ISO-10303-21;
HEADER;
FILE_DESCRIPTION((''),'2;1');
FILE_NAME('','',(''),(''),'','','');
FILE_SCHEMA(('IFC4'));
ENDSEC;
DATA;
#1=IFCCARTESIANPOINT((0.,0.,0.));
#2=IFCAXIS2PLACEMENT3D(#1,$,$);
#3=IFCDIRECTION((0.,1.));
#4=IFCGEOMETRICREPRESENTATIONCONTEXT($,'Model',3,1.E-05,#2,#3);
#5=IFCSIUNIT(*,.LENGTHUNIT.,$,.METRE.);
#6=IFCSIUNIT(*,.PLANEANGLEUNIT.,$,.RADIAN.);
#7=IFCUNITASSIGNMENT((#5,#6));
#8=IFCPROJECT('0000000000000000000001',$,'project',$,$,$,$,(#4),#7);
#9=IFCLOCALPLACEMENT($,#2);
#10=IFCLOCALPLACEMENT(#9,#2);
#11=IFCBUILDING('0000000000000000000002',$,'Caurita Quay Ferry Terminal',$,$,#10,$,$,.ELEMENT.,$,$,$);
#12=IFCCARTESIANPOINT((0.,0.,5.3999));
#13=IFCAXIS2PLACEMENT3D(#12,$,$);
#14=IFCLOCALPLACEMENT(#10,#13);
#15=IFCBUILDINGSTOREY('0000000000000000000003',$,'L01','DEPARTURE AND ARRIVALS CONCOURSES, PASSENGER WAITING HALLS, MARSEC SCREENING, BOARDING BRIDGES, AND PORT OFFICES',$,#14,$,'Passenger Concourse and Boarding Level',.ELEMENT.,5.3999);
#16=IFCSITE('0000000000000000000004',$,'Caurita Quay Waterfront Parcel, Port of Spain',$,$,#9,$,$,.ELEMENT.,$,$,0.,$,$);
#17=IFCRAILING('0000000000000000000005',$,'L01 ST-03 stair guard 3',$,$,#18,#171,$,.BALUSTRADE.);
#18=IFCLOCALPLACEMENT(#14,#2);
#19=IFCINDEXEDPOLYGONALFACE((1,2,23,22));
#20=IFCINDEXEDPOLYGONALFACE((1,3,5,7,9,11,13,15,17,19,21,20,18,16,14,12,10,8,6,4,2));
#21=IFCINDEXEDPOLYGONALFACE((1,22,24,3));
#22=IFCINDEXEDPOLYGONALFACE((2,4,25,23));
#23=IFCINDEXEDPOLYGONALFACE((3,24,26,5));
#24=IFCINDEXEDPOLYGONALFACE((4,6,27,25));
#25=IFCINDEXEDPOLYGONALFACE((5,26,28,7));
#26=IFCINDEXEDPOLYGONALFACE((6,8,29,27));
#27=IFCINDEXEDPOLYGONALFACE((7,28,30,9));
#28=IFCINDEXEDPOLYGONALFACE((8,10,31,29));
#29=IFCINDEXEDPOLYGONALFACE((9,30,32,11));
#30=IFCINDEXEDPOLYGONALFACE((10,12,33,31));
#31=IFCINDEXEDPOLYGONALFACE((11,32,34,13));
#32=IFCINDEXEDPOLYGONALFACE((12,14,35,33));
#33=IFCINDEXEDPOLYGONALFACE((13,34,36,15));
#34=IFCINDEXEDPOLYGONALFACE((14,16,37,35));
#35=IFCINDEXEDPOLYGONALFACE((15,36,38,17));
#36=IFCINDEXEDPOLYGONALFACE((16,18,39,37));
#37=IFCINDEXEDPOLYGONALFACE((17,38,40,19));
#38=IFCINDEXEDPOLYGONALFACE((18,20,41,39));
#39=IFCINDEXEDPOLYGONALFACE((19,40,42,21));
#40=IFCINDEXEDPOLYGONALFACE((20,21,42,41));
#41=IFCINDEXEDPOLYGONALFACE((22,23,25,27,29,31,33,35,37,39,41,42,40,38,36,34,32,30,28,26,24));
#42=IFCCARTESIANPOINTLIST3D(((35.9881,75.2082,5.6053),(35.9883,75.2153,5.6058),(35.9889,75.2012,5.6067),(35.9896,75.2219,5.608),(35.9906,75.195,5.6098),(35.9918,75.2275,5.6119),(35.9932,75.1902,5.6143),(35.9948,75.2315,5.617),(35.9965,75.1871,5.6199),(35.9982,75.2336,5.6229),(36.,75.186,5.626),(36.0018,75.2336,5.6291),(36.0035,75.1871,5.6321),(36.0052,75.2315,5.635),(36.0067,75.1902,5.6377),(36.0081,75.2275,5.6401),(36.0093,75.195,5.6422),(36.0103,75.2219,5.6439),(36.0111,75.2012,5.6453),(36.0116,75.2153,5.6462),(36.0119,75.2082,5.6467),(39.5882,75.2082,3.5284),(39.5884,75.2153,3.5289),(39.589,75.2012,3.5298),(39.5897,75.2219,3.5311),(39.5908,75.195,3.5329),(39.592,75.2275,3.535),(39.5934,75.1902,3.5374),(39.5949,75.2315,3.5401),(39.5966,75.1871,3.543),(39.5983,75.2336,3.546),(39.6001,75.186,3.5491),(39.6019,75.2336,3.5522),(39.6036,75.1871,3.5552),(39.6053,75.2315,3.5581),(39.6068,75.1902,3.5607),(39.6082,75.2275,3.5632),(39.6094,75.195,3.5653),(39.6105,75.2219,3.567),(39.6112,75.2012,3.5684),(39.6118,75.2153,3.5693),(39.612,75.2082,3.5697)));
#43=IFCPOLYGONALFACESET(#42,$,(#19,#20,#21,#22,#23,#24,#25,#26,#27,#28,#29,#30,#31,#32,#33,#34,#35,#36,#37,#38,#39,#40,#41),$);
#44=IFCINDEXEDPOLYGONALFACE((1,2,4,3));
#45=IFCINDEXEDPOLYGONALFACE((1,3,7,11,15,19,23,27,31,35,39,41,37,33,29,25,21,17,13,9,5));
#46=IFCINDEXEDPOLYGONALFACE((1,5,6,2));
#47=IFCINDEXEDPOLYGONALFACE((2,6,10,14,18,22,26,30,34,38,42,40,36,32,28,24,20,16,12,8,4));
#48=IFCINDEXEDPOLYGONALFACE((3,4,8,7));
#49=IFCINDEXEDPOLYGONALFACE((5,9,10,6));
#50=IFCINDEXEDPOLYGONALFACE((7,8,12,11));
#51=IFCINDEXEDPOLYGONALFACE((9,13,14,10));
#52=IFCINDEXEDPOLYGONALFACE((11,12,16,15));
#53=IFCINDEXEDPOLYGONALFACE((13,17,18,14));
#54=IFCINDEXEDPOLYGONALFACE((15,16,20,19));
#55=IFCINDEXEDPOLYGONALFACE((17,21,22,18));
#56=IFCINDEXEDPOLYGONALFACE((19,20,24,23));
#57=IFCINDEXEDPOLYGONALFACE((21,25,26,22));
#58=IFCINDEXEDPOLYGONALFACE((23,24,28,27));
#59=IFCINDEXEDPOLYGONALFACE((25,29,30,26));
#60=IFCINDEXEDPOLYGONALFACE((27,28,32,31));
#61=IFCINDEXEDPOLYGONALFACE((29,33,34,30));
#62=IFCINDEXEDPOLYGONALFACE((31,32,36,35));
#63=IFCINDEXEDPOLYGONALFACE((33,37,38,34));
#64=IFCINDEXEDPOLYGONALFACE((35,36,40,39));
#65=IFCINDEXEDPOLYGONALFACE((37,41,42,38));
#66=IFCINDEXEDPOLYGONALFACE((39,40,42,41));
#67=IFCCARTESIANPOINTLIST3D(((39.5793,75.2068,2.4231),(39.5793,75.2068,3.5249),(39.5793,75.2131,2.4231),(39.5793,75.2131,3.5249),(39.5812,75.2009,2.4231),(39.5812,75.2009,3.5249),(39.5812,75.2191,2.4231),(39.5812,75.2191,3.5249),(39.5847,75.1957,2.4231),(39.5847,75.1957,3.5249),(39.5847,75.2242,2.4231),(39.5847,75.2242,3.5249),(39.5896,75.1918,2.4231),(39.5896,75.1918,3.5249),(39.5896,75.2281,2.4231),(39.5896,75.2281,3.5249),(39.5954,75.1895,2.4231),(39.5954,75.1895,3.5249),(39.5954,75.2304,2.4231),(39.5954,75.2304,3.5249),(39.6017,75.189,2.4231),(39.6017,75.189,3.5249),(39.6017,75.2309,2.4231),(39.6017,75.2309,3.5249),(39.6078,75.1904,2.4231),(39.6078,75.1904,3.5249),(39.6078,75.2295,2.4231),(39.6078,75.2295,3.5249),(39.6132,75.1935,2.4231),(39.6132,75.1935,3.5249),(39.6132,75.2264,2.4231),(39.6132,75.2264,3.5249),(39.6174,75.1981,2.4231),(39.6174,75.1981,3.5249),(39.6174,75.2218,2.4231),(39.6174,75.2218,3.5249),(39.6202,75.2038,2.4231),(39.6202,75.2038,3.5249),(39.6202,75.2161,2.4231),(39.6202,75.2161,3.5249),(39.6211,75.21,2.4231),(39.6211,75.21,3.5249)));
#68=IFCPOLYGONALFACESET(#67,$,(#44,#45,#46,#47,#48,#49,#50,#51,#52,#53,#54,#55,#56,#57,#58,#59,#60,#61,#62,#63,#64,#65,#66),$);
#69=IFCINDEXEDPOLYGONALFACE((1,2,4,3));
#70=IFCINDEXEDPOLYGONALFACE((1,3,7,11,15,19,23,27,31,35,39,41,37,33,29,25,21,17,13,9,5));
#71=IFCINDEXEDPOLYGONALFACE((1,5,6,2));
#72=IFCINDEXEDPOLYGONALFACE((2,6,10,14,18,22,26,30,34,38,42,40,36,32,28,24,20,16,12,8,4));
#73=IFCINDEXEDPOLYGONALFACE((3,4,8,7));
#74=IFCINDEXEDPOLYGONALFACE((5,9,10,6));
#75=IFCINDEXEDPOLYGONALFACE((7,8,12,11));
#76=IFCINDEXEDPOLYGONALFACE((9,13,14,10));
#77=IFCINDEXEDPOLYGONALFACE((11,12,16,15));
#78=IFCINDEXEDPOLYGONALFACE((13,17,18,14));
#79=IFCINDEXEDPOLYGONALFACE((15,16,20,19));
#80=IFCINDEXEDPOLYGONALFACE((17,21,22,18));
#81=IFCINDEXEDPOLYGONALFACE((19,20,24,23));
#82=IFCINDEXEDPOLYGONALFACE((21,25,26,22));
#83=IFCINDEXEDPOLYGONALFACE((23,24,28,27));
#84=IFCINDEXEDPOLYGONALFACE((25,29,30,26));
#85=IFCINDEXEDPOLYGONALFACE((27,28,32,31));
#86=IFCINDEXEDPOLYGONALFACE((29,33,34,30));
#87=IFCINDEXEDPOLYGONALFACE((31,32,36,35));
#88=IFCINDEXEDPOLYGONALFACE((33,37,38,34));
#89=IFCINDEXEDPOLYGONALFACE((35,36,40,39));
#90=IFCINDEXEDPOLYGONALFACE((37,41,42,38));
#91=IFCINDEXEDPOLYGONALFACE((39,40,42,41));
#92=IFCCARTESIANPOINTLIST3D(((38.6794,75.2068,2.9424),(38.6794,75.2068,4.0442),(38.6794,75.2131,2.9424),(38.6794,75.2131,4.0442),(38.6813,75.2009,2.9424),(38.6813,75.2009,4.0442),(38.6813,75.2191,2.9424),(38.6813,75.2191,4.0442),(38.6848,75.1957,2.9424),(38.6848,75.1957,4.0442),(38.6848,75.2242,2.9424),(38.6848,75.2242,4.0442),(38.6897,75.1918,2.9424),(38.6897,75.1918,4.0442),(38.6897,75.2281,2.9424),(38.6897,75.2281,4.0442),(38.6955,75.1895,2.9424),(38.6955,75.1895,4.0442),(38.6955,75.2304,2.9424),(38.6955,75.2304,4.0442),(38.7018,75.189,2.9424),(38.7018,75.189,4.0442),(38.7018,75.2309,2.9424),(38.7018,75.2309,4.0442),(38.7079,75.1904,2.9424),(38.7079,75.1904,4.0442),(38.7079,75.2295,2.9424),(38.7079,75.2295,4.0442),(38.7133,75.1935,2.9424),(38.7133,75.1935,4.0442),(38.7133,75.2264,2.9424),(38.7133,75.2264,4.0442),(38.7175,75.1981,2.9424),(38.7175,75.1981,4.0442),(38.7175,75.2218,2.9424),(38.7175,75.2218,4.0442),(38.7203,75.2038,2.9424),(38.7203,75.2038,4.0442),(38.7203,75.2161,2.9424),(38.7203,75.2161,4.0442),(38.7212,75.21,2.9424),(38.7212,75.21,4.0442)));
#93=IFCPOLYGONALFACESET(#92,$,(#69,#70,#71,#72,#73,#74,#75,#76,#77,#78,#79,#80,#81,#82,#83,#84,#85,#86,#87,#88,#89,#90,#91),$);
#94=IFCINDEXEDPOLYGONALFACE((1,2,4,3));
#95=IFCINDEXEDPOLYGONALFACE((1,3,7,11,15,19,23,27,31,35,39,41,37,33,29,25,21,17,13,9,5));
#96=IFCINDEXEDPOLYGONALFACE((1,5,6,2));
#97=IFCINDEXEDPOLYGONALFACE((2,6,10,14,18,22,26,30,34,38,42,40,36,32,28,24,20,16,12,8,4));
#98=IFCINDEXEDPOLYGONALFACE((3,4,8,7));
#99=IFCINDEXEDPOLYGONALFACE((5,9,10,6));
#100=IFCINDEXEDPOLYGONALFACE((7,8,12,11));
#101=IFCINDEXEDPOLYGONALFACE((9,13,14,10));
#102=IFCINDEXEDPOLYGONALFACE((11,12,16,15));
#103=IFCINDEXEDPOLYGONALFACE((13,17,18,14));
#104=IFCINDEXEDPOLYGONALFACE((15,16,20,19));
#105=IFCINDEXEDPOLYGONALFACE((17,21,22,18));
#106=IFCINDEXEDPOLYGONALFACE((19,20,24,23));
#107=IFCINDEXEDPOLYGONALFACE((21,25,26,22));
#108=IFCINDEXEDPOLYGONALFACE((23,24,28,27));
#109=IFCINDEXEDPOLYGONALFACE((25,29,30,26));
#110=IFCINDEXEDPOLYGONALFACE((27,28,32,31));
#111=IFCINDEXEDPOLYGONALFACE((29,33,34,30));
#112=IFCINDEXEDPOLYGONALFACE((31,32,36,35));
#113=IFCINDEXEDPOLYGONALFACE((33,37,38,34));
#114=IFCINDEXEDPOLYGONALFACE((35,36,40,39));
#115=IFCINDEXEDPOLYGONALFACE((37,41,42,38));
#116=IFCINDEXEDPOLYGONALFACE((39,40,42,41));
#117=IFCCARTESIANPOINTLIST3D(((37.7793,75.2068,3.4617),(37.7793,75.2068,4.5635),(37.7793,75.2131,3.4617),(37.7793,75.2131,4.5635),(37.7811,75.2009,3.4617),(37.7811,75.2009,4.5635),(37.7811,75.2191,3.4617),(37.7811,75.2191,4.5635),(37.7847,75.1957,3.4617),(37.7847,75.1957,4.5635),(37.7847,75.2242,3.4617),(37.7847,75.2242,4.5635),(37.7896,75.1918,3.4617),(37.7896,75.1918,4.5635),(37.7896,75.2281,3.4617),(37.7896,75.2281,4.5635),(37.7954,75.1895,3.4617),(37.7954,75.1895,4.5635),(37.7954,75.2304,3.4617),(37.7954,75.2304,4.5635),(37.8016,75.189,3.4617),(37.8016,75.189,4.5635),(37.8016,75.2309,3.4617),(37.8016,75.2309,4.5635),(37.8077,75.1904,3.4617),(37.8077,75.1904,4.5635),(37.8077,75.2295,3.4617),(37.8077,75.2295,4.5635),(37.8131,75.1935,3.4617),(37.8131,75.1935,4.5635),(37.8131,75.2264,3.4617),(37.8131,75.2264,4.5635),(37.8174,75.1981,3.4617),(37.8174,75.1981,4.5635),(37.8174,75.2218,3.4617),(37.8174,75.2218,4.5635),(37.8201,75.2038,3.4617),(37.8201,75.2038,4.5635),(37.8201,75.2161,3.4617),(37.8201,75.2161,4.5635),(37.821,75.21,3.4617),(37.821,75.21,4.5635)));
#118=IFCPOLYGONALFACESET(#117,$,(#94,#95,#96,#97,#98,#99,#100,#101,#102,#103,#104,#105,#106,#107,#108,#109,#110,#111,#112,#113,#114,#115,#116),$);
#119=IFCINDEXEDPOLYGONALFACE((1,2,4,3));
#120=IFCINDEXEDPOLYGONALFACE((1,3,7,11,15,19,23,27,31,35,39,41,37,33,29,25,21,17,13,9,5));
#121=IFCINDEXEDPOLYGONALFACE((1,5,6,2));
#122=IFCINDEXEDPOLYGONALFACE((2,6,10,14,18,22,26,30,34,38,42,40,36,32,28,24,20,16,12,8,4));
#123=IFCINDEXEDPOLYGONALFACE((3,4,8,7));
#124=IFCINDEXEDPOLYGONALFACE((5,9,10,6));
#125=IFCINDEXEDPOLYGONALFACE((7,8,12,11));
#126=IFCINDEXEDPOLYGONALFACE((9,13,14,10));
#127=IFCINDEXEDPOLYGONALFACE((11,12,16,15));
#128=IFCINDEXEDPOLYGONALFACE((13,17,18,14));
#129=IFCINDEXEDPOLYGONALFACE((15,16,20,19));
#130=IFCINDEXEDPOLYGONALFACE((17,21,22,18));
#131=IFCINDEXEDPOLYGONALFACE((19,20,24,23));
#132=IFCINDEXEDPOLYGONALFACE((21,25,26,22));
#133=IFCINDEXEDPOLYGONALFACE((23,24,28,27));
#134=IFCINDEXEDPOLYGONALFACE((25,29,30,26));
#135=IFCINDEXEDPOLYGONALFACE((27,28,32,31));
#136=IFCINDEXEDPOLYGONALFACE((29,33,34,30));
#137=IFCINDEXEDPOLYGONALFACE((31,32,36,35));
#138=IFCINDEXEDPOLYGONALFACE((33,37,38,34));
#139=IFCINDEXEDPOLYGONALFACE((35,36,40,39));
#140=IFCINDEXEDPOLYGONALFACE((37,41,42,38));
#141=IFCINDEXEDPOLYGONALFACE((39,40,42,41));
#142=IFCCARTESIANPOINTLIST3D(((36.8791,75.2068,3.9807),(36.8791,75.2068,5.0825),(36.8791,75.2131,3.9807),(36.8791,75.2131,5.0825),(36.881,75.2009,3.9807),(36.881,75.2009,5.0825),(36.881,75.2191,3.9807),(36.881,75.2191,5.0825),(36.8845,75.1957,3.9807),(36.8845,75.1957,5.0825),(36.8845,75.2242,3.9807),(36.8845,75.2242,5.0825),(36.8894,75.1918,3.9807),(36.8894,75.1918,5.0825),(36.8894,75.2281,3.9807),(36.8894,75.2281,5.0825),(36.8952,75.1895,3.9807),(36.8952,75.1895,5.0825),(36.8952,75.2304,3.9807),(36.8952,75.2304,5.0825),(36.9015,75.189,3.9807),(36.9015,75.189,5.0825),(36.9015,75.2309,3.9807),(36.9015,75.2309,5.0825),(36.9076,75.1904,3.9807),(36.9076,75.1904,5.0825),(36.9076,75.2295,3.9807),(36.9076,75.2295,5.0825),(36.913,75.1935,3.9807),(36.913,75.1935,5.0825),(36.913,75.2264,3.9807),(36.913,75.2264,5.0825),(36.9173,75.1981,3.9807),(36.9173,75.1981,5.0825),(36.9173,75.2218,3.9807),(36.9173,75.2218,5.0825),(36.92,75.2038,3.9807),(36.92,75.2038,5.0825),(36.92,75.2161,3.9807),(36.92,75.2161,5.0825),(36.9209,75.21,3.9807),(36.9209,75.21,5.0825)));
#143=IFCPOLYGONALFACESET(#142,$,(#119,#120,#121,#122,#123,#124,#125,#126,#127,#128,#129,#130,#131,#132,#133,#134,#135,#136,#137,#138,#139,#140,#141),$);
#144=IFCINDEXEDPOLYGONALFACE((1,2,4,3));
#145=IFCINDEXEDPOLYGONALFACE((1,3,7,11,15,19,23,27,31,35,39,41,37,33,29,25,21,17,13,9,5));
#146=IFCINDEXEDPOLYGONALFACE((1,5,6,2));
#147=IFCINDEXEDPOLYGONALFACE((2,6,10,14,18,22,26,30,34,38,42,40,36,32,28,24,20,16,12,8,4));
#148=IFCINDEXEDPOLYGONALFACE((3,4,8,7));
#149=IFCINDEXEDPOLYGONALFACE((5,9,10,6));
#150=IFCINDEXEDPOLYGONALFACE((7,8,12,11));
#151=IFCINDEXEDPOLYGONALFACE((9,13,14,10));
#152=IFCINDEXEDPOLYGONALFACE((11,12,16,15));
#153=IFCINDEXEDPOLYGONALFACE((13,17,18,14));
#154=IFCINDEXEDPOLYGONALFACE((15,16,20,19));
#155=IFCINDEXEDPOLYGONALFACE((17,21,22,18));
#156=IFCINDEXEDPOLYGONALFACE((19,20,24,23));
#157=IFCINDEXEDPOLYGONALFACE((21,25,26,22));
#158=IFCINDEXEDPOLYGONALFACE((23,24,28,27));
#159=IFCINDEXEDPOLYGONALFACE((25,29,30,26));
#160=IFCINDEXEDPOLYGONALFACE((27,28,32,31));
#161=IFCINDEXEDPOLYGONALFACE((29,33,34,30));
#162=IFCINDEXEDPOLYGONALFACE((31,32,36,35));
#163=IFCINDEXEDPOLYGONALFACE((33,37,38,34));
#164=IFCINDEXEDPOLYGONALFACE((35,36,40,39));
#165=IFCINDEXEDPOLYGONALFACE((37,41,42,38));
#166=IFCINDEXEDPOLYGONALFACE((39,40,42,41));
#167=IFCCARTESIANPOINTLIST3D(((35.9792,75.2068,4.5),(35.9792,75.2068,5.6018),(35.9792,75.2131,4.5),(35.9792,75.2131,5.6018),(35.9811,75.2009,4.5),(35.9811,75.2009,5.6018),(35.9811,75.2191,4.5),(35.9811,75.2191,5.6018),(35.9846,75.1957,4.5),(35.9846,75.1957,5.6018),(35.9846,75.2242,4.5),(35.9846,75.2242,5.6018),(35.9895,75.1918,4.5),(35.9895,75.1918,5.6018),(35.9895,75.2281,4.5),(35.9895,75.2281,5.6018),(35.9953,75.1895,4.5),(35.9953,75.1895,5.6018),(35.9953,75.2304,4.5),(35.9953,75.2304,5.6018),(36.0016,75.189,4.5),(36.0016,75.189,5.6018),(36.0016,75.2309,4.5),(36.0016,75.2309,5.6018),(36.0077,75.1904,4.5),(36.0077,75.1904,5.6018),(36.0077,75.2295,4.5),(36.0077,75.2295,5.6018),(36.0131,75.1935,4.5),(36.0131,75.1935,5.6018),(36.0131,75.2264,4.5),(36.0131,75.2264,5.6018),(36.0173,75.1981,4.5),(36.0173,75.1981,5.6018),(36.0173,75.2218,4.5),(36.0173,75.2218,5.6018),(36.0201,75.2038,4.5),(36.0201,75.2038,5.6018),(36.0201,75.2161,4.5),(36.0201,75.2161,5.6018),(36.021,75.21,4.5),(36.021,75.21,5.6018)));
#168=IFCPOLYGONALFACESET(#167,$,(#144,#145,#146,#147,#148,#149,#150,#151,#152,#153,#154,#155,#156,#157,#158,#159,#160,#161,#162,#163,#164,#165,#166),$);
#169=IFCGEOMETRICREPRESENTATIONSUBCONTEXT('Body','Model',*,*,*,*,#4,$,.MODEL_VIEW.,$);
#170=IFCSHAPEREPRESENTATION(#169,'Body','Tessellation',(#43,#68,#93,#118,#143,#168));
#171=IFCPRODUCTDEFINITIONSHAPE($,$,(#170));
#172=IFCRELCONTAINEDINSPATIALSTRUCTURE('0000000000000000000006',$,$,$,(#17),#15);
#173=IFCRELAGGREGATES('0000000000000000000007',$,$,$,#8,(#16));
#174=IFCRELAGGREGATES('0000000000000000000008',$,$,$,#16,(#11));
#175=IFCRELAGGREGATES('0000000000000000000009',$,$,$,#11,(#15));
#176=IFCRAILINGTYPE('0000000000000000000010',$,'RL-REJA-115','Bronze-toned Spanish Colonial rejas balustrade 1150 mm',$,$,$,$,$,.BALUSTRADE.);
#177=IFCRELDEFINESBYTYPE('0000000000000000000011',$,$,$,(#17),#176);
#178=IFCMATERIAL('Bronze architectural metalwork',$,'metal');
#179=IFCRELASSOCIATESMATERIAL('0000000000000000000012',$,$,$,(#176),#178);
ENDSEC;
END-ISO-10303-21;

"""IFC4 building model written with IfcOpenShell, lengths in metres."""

from ifc_helpers import new_model, si_unit, direction, frame, origin, origin_2d, place, context, subcontext, project, spatial, circle, extrude, material, type_object, element, save


model = new_model("IFC4")

# Units and contexts
model_context = context("Model", 3, precision=1e-05, world=origin(), true_north=direction((0.0, 1.0)))
body_context = subcontext(model_context, "Body", "Model", "MODEL_VIEW")
ifc_project = project(units=[si_unit("LENGTHUNIT", "METRE"), si_unit("PLANEANGLEUNIT", "RADIAN")], contexts=[model_context])

# Site, building, storey
site_placement = place(None, origin())
site = spatial("IfcSite", under=ifc_project, at=site_placement, Name="Caurita Quay Waterfront Parcel, Port of Spain", CompositionType="ELEMENT", RefElevation=0.0)
building_placement = place(site_placement, origin())
building = spatial("IfcBuilding", under=site, at=building_placement, Name="Caurita Quay Ferry Terminal", CompositionType="ELEMENT")
storey_placement = place(building_placement, frame((0.0, 0.0, 5.3999)))
storey = spatial("IfcBuildingStorey", under=building, at=storey_placement, Name="L01", Description="DEPARTURE AND ARRIVALS CONCOURSES, PASSENGER WAITING HALLS, MARSEC SCREENING, BOARDING BRIDGES, AND PORT OFFICES", LongName="Passenger Concourse and Boarding Level", CompositionType="ELEMENT", Elevation=5.3999)

# Railing
ifc_material_1 = material(Name="Bronze architectural metalwork", Category="metal")
railing_type_1 = type_object("IfcRailingType", Name="RL-REJA-115", Description="Bronze-toned Spanish Colonial rejas balustrade 1150 mm", PredefinedType="BALUSTRADE", material=ifc_material_1)
railing_1_placement = place(storey_placement, frame((39.6001, 75.21, 2.4231)))
element("IfcRailing", 1, at=railing_1_placement, inside=storey, type_object=railing_type_1, Name="L01 ST-03 stair guard 3", PredefinedType="BALUSTRADE", context=body_context, shape_type="SweptSolid", body=[
    extrude(circle(Radius=0.0239, at=origin_2d()), frame((0.0, 0.0, 1.126), z_axis=(-0.866193, 0.0, 0.499709), x_axis=(0.0, -1.0, 0.0)), (0.0, 0.0, 1.0), 4.1562),
    extrude(circle(Radius=0.021, at=origin_2d()), origin(), (0.0, 0.0, 1.0), 1.1018),
    extrude(circle(Radius=0.021, at=origin_2d()), frame((-0.8999, 0.0, 0.5193)), (0.0, 0.0, 1.0), 1.1018),
    extrude(circle(Radius=0.021, at=origin_2d()), frame((-1.8, 0.0, 1.0386)), (0.0, 0.0, 1.0), 1.1018),
    extrude(circle(Radius=0.021, at=origin_2d()), frame((-2.7002, 0.0, 1.5576)), (0.0, 0.0, 1.0), 1.1018),
    extrude(circle(Radius=0.021, at=origin_2d()), frame((-3.6001, 0.0, 2.0769)), (0.0, 0.0, 1.0), 1.1018),
])

save(model, "model.ifc")
